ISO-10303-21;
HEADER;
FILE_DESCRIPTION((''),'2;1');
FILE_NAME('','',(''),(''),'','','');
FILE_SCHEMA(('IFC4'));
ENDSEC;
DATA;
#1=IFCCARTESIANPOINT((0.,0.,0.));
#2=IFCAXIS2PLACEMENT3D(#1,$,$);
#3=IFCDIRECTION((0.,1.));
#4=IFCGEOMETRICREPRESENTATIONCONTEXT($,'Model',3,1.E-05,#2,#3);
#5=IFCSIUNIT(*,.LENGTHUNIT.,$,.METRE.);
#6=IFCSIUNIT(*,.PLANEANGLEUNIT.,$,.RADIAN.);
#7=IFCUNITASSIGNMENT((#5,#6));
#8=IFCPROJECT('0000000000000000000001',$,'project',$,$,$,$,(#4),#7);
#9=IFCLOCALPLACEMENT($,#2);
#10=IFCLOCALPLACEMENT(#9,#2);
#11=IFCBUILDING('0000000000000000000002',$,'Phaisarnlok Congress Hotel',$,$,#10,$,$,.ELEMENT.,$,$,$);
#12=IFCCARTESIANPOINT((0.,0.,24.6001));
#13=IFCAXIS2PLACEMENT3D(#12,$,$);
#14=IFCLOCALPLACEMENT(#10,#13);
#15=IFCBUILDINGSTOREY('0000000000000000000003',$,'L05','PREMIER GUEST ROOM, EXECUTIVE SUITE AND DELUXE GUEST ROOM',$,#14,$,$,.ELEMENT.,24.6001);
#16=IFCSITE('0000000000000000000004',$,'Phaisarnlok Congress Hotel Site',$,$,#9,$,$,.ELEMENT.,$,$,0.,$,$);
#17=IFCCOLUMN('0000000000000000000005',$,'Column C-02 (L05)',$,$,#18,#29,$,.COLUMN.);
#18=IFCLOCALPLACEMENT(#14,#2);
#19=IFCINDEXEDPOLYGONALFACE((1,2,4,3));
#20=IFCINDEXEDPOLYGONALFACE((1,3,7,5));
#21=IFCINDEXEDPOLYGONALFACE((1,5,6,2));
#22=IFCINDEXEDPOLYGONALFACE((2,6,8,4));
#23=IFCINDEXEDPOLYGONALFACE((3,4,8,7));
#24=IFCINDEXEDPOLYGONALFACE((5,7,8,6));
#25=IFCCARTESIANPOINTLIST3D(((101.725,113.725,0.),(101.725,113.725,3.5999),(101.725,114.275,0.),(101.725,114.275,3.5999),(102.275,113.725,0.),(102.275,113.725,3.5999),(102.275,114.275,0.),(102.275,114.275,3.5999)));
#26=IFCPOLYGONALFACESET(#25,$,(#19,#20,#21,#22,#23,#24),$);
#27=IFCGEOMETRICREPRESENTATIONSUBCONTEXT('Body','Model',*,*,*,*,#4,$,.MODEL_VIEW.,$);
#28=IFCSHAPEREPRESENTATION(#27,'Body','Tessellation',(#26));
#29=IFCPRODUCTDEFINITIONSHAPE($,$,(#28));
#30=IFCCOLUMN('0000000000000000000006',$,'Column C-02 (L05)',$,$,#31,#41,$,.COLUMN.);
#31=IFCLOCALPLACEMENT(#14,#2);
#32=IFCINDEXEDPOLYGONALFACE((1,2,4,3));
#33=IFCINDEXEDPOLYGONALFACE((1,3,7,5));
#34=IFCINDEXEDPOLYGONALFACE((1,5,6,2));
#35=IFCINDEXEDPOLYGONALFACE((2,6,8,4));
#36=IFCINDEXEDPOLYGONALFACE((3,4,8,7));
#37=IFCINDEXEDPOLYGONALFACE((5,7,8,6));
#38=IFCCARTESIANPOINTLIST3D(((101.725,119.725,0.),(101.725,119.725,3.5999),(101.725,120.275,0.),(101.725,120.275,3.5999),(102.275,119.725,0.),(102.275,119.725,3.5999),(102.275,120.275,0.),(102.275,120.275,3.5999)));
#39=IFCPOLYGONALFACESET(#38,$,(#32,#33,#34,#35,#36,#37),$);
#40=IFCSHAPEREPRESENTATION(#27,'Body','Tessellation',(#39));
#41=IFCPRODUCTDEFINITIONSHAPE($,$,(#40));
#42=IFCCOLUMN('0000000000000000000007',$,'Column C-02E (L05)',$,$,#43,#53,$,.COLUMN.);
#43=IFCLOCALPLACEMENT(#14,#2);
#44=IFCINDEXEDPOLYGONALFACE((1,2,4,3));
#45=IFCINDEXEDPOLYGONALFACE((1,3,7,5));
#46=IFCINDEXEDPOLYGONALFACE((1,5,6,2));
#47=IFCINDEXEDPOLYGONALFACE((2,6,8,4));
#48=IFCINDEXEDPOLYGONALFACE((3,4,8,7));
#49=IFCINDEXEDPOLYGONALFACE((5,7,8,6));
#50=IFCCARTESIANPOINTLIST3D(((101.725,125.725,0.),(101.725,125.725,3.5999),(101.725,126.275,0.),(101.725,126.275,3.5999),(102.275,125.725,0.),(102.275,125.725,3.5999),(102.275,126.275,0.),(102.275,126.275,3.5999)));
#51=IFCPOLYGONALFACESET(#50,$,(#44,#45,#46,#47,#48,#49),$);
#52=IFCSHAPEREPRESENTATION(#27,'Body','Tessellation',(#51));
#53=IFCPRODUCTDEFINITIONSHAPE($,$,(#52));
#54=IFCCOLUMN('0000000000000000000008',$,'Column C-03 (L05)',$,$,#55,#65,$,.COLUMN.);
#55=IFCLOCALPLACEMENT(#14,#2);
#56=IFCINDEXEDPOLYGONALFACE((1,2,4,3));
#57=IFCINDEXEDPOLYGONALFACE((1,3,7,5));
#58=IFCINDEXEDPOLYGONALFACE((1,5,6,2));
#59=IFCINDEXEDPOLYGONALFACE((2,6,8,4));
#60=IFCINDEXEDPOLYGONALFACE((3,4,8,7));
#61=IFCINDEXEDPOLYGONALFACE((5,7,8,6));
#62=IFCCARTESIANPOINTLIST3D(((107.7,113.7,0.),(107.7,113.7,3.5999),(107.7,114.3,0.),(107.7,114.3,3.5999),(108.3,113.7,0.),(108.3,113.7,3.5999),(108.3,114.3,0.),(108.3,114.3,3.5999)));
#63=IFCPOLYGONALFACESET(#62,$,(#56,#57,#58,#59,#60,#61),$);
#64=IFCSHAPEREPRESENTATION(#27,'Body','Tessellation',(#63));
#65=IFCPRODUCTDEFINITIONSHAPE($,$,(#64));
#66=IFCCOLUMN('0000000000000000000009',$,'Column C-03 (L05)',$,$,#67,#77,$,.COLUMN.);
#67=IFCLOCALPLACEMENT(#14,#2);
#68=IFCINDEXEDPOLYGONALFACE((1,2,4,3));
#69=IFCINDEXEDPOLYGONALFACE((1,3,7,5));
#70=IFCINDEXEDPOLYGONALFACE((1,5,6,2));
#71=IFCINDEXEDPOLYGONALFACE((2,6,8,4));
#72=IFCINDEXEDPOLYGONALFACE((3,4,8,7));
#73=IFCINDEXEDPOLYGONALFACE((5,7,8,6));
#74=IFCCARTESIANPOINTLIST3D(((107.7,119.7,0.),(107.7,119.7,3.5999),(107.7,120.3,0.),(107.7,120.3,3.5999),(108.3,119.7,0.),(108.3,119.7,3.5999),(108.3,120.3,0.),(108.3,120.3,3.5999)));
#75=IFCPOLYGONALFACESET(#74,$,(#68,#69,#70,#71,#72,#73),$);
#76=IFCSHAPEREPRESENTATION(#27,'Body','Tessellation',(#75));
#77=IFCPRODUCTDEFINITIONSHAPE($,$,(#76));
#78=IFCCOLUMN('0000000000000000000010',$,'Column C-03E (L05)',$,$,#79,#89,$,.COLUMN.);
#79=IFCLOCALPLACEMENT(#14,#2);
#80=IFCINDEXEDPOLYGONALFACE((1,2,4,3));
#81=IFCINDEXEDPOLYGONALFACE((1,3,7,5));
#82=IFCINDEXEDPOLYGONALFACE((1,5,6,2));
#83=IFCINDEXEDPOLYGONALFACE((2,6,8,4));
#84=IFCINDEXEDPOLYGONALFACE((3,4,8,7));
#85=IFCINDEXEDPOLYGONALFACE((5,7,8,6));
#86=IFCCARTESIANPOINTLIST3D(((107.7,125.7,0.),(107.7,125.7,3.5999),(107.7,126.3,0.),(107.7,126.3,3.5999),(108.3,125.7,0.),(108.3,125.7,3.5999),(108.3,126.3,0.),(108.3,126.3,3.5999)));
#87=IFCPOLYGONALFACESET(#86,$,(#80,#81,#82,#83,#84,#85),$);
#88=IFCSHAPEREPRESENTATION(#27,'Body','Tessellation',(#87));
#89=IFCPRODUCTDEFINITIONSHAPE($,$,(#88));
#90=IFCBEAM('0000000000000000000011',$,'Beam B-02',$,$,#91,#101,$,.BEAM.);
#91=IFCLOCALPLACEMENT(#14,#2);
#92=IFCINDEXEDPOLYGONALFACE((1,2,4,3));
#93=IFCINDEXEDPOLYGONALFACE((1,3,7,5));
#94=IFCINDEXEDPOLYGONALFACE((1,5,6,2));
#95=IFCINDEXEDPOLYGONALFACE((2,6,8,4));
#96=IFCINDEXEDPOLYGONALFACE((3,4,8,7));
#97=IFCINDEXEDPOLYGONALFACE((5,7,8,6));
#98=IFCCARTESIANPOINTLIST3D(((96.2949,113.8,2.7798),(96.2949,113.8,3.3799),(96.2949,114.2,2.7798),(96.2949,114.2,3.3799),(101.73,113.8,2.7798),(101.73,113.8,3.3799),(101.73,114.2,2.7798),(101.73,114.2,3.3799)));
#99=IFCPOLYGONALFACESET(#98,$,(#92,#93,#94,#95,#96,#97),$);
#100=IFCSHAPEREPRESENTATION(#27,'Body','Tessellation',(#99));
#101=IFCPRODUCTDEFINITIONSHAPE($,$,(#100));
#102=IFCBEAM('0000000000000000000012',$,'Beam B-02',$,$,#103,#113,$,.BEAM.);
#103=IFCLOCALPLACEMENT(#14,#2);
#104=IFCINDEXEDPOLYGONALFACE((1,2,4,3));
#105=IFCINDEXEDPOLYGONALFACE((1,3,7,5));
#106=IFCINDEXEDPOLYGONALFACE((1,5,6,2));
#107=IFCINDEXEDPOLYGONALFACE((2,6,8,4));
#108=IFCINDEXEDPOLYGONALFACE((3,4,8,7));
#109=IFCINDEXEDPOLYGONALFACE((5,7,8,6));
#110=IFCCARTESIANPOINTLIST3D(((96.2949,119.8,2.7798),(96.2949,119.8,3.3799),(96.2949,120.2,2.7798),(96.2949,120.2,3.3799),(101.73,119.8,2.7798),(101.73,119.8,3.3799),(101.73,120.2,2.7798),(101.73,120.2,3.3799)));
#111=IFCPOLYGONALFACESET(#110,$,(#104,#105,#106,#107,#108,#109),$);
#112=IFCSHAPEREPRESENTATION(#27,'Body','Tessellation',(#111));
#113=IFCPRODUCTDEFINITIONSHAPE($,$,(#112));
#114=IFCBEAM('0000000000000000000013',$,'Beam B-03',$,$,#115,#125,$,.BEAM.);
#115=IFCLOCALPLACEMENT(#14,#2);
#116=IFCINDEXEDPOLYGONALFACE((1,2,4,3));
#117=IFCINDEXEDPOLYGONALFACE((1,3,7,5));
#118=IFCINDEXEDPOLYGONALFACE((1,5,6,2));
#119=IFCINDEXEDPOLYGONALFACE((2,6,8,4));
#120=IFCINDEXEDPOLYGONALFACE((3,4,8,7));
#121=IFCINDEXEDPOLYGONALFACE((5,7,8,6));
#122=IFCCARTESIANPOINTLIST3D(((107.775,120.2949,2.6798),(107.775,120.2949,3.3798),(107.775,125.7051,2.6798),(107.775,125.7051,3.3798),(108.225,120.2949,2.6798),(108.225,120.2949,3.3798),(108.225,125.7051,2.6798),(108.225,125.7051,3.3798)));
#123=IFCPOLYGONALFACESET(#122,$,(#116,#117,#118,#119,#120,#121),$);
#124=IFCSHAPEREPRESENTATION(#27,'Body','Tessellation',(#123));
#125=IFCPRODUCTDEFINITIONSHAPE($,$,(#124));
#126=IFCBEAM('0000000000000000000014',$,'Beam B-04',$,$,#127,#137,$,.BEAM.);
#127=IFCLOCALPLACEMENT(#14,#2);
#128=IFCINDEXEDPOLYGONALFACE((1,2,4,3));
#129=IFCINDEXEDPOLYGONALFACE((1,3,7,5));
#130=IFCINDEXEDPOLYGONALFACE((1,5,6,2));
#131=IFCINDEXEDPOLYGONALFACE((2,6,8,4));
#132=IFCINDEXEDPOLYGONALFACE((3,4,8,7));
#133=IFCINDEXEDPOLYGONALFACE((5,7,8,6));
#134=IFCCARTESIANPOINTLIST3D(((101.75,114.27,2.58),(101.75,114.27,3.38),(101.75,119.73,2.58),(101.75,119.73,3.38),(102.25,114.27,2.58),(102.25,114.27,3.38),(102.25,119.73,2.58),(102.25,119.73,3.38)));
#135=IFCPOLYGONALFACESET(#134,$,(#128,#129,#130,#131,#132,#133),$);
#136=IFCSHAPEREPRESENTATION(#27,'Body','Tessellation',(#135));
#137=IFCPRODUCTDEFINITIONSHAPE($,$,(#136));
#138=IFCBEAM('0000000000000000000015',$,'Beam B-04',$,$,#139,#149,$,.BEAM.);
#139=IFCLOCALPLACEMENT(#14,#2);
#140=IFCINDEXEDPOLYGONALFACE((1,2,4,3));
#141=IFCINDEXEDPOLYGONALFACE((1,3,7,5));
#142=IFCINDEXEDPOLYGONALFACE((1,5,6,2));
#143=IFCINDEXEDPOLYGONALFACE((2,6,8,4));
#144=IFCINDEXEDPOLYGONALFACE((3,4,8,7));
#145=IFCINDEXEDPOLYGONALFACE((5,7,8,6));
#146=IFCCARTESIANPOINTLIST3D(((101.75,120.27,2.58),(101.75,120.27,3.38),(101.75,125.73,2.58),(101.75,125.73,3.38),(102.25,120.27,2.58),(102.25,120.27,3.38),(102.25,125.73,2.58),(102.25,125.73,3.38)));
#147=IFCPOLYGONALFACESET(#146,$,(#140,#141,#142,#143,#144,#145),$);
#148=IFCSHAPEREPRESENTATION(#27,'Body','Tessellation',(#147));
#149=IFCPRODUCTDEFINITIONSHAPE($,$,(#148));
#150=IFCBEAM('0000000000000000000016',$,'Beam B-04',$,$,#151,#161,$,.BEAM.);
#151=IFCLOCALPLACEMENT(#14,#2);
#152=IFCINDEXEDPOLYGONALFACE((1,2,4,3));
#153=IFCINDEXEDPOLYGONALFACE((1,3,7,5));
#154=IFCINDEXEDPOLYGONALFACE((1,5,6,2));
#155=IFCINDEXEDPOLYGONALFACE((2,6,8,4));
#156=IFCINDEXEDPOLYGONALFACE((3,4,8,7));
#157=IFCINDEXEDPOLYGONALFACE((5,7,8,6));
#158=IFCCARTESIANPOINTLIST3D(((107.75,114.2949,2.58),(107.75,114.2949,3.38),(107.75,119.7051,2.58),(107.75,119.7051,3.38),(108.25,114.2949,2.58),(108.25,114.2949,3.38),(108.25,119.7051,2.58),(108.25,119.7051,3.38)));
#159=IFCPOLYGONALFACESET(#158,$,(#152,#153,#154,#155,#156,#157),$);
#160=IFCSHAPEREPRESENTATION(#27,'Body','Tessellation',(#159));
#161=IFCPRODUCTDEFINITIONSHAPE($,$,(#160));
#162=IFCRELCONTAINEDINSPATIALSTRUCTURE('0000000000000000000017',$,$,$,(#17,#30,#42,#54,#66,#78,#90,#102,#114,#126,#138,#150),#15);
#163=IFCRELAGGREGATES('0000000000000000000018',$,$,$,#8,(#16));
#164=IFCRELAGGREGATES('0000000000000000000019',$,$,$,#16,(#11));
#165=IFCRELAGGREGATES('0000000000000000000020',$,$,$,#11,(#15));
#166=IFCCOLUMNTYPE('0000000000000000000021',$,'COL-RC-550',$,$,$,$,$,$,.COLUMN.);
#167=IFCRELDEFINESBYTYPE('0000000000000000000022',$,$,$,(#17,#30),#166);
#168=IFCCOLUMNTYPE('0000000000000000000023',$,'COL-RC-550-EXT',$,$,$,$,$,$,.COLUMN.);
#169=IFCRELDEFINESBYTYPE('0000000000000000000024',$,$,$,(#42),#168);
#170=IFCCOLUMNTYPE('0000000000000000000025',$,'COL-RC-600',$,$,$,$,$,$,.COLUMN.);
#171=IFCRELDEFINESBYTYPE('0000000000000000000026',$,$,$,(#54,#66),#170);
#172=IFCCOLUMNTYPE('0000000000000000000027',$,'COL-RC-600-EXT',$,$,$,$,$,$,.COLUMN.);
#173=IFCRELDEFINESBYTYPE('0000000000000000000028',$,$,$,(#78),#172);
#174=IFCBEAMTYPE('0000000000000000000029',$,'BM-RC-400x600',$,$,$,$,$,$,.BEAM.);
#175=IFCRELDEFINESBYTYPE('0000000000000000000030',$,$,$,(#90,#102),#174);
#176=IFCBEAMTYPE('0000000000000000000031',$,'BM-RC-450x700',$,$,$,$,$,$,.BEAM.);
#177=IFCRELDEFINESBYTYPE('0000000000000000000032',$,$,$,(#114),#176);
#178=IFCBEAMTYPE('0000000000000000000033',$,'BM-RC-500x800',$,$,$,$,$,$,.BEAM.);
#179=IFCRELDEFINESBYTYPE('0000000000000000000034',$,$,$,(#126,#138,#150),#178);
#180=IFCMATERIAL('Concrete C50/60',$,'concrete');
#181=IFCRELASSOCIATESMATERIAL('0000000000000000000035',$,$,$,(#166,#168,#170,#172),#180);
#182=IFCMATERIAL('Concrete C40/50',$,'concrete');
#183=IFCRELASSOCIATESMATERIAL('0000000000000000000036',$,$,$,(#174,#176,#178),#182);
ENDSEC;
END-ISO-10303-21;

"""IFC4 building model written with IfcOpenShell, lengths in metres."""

from ifc_helpers import new_model, si_unit, direction, frame, origin, origin_2d, place, context, subcontext, project, spatial, rectangle, extrude, material, material_profile, profile_set, type_object, element, save


model = new_model("IFC4")

# Units and contexts
model_context = context("Model", 3, precision=1e-05, world=origin(), true_north=direction((0.0, 1.0)))
body_context = subcontext(model_context, "Body", "Model", "MODEL_VIEW")
ifc_project = project(units=[si_unit("LENGTHUNIT", "METRE"), si_unit("PLANEANGLEUNIT", "RADIAN")], contexts=[model_context])

# Site, building, storey
site_placement = place(None, origin())
site = spatial("IfcSite", under=ifc_project, at=site_placement, Name="Phaisarnlok Congress Hotel Site", CompositionType="ELEMENT", RefElevation=0.0)
building_placement = place(site_placement, origin())
building = spatial("IfcBuilding", under=site, at=building_placement, Name="Phaisarnlok Congress Hotel", CompositionType="ELEMENT")
storey_placement = place(building_placement, frame((0.0, 0.0, 24.6001)))
storey = spatial("IfcBuildingStorey", under=building, at=storey_placement, Name="L05", Description="PREMIER GUEST ROOM, EXECUTIVE SUITE AND DELUXE GUEST ROOM", CompositionType="ELEMENT", Elevation=24.6001)

# Columns
ifc_material_1 = material(Name="Concrete C50/60", Category="concrete")
ifc_material_profile_1 = material_profile(ifc_material_1, rectangle(XDim=0.55, YDim=0.55, at=origin_2d()), Name="RC 550x550")
ifc_profile_set_1 = profile_set([ifc_material_profile_1], Name="Concrete C50/60")
column_type_1 = type_object("IfcColumnType", Name="COL-RC-550", PredefinedType="COLUMN", material=ifc_profile_set_1)
for number, where, z_axis, x_axis, name in (
    (1, (102.0, 114.0, 0.0), (0.0, 0.0, 1.0), (1.0, 0.0, 0.0), "Column C-02 (L05)"),
    (2, (102.0, 120.0, 0.0), (0.0, 0.0, 1.0), (1.0, 0.0, 0.0), "Column C-02 (L05)"),
):
    element("IfcColumn", number, at=place(storey_placement, frame(where, z_axis=z_axis, x_axis=x_axis)), inside=storey, type_object=column_type_1, Name=name, PredefinedType="COLUMN", context=body_context, shape_type="SweptSolid", body=[
        extrude(rectangle(XDim=0.55, YDim=0.55, at=origin_2d()), origin(), (0.0, 0.0, 1.0), 3.5999),
    ])
ifc_material_profile_2 = material_profile(ifc_material_1, rectangle(XDim=0.55, YDim=0.55, at=origin_2d()), Name="RC 550x550")
ifc_profile_set_2 = profile_set([ifc_material_profile_2], Name="Concrete C50/60")
column_type_2 = type_object("IfcColumnType", Name="COL-RC-550-EXT", PredefinedType="COLUMN", material=ifc_profile_set_2)
column_1_placement = place(storey_placement, frame((102.0, 126.0, 0.0), z_axis=(0.0, 0.0, 1.0), x_axis=(1.0, 0.0, 0.0)))
element("IfcColumn", 3, at=column_1_placement, inside=storey, type_object=column_type_2, Name="Column C-02E (L05)", PredefinedType="COLUMN", context=body_context, shape_type="SweptSolid", body=[
    extrude(rectangle(XDim=0.55, YDim=0.55, at=origin_2d()), origin(), (0.0, 0.0, 1.0), 3.5999),
])
ifc_material_profile_3 = material_profile(ifc_material_1, rectangle(XDim=0.6001, YDim=0.6001, at=origin_2d()), Name="RC 600x600")
ifc_profile_set_3 = profile_set([ifc_material_profile_3], Name="Concrete C50/60")
column_type_3 = type_object("IfcColumnType", Name="COL-RC-600", PredefinedType="COLUMN", material=ifc_profile_set_3)
for number, where, z_axis, x_axis, name in (
    (4, (108.0, 114.0, 0.0), (0.0, 0.0, 1.0), (1.0, 0.0, 0.0), "Column C-03 (L05)"),
    (5, (108.0, 120.0, 0.0), (0.0, 0.0, 1.0), (1.0, 0.0, 0.0), "Column C-03 (L05)"),
):
    element("IfcColumn", number, at=place(storey_placement, frame(where, z_axis=z_axis, x_axis=x_axis)), inside=storey, type_object=column_type_3, Name=name, PredefinedType="COLUMN", context=body_context, shape_type="SweptSolid", body=[
        extrude(rectangle(XDim=0.6001, YDim=0.6001, at=origin_2d()), origin(), (0.0, 0.0, 1.0), 3.5999),
    ])
ifc_material_profile_4 = material_profile(ifc_material_1, rectangle(XDim=0.6001, YDim=0.6001, at=origin_2d()), Name="RC 600x600")
ifc_profile_set_4 = profile_set([ifc_material_profile_4], Name="Concrete C50/60")
column_type_4 = type_object("IfcColumnType", Name="COL-RC-600-EXT", PredefinedType="COLUMN", material=ifc_profile_set_4)
column_2_placement = place(storey_placement, frame((108.0, 126.0, 0.0), z_axis=(0.0, 0.0, 1.0), x_axis=(1.0, 0.0, 0.0)))
element("IfcColumn", 6, at=column_2_placement, inside=storey, type_object=column_type_4, Name="Column C-03E (L05)", PredefinedType="COLUMN", context=body_context, shape_type="SweptSolid", body=[
    extrude(rectangle(XDim=0.6001, YDim=0.6001, at=origin_2d()), origin(), (0.0, 0.0, 1.0), 3.5999),
])

# Beams
ifc_material_2 = material(Name="Concrete C40/50", Category="concrete")
ifc_material_profile_5 = material_profile(ifc_material_2, rectangle(XDim=0.3999, YDim=0.6001, at=origin_2d()), Name="RC 400x600")
ifc_profile_set_5 = profile_set([ifc_material_profile_5], Name="Concrete C40/50")
beam_type_1 = type_object("IfcBeamType", Name="BM-RC-400x600", PredefinedType="BEAM", material=ifc_profile_set_5)
for number, where, z_axis, x_axis, name in (
    (7, (96.2949, 114.0, 3.0798), (1.0, 0.0, 0.0), (0.0, 1.0, 0.0), "Beam B-02"),
    (8, (96.2949, 120.0, 3.0798), (1.0, 0.0, 0.0), (0.0, 1.0, 0.0), "Beam B-02"),
):
    element("IfcBeam", number, at=place(storey_placement, frame(where, z_axis=z_axis, x_axis=x_axis)), inside=storey, type_object=beam_type_1, Name=name, PredefinedType="BEAM", context=body_context, shape_type="SweptSolid", body=[
        extrude(rectangle(XDim=0.3999, YDim=0.6001, at=origin_2d()), origin(), (0.0, 0.0, 1.0), 5.4351),
    ])
ifc_material_profile_6 = material_profile(ifc_material_2, rectangle(XDim=0.45, YDim=0.7, at=origin_2d()), Name="RC 450x700")
ifc_profile_set_6 = profile_set([ifc_material_profile_6], Name="Concrete C40/50")
beam_type_2 = type_object("IfcBeamType", Name="BM-RC-450x700", PredefinedType="BEAM", material=ifc_profile_set_6)
beam_1_placement = place(storey_placement, frame((108.0, 120.2949, 3.0298), z_axis=(0.0, 1.0, 0.0), x_axis=(-1.0, 0.0, 0.0)))
element("IfcBeam", 9, at=beam_1_placement, inside=storey, type_object=beam_type_2, Name="Beam B-03", PredefinedType="BEAM", context=body_context, shape_type="SweptSolid", body=[
    extrude(rectangle(XDim=0.45, YDim=0.7, at=origin_2d()), origin(), (0.0, 0.0, 1.0), 5.4102),
])
ifc_material_profile_7 = material_profile(ifc_material_2, rectangle(XDim=0.5, YDim=0.8, at=origin_2d()), Name="RC 500x800")
ifc_profile_set_7 = profile_set([ifc_material_profile_7], Name="Concrete C40/50")
beam_type_3 = type_object("IfcBeamType", Name="BM-RC-500x800", PredefinedType="BEAM", material=ifc_profile_set_7)
for number, where, z_axis, x_axis, name in (
    (10, (102.0, 114.27, 2.98), (0.0, 1.0, 0.0), (-1.0, 0.0, 0.0), "Beam B-04"),
    (11, (102.0, 120.27, 2.98), (0.0, 1.0, 0.0), (-1.0, 0.0, 0.0), "Beam B-04"),
):
    element("IfcBeam", number, at=place(storey_placement, frame(where, z_axis=z_axis, x_axis=x_axis)), inside=storey, type_object=beam_type_3, Name=name, PredefinedType="BEAM", context=body_context, shape_type="SweptSolid", body=[
        extrude(rectangle(XDim=0.5, YDim=0.8, at=origin_2d()), origin(), (0.0, 0.0, 1.0), 5.46),
    ])
beam_2_placement = place(storey_placement, frame((108.0, 114.2949, 2.98), z_axis=(0.0, 1.0, 0.0), x_axis=(-1.0, 0.0, 0.0)))
element("IfcBeam", 12, at=beam_2_placement, inside=storey, type_object=beam_type_3, Name="Beam B-04", PredefinedType="BEAM", context=body_context, shape_type="SweptSolid", body=[
    extrude(rectangle(XDim=0.5, YDim=0.8, at=origin_2d()), origin(), (0.0, 0.0, 1.0), 5.4102),
])

save(model, "model.ifc")
